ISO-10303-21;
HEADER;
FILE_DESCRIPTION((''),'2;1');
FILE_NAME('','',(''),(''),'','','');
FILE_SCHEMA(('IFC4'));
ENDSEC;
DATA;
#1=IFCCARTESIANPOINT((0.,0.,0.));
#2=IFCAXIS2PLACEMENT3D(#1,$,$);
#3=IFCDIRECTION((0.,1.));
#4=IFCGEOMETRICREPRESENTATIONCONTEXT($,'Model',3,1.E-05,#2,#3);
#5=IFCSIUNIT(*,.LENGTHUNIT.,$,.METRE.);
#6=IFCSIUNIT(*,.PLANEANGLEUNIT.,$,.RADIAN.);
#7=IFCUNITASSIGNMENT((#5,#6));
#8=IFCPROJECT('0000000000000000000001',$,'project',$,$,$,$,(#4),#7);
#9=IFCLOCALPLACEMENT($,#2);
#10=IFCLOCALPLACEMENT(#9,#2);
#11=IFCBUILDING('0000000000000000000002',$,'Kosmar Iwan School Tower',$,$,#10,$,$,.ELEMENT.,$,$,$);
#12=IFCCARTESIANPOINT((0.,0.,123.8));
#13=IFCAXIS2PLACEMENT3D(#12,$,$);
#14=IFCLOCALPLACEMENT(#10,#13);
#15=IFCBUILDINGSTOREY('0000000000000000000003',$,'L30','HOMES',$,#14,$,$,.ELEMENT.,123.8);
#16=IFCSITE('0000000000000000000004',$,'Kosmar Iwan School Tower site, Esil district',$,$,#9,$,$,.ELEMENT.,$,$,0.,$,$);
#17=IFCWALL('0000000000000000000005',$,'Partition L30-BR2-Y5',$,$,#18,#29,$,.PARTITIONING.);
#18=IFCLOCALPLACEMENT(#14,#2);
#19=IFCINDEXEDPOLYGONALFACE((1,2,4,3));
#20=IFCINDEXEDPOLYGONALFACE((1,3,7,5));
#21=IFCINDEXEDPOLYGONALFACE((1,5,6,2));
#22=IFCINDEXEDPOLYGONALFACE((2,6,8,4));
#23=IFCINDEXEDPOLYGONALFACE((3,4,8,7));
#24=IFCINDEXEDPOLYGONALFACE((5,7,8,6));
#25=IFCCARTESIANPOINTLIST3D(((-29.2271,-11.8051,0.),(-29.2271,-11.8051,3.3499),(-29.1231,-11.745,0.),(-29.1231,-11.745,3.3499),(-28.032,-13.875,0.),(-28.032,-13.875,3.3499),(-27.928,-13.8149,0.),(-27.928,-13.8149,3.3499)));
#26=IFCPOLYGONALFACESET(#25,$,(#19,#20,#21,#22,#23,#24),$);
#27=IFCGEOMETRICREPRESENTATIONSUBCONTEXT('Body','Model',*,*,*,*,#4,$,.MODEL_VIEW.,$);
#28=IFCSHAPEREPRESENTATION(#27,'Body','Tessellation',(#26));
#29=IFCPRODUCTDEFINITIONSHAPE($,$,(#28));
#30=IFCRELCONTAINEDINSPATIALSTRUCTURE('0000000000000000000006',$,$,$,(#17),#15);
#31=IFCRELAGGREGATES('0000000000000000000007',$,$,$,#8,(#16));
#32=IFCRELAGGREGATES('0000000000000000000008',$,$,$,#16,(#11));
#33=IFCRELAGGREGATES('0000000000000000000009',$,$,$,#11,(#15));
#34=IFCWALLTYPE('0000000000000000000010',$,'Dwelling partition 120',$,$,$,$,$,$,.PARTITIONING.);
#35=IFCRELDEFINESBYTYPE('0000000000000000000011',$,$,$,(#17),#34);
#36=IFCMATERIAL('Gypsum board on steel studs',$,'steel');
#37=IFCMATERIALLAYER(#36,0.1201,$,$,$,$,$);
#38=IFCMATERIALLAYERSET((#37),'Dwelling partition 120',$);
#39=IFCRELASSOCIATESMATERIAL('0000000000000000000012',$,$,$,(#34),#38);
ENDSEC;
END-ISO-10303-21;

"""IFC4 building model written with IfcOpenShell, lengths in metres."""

from ifc_helpers import new_model, si_unit, direction, frame, frame_2d, origin, place, context, subcontext, project, spatial, rectangle, extrude, material, layer, layer_set, type_object, element, save


model = new_model("IFC4")

# Units and contexts
model_context = context("Model", 3, precision=1e-05, world=origin(), true_north=direction((0.0, 1.0)))
body_context = subcontext(model_context, "Body", "Model", "MODEL_VIEW")
ifc_project = project(units=[si_unit("LENGTHUNIT", "METRE"), si_unit("PLANEANGLEUNIT", "RADIAN")], contexts=[model_context])

# Site, building, storey
site_placement = place(None, origin())
site = spatial("IfcSite", under=ifc_project, at=site_placement, Name="Kosmar Iwan School Tower site, Esil district", CompositionType="ELEMENT", RefElevation=0.0)
building_placement = place(site_placement, origin())
building = spatial("IfcBuilding", under=site, at=building_placement, Name="Kosmar Iwan School Tower", CompositionType="ELEMENT")
storey_placement = place(building_placement, frame((0.0, 0.0, 123.8)))
storey = spatial("IfcBuildingStorey", under=building, at=storey_placement, Name="L30", Description="HOMES", CompositionType="ELEMENT", Elevation=123.8)

# Wall
ifc_material_1 = material(Name="Gypsum board on steel studs", Category="steel")
ifc_layer_1 = layer(ifc_material_1, 0.1201)
ifc_layer_set_1 = layer_set([ifc_layer_1], Name="Dwelling partition 120")
wall_type_1 = type_object("IfcWallType", Name="Dwelling partition 120", PredefinedType="PARTITIONING", material=ifc_layer_set_1)
wall_1_placement = place(storey_placement, frame((-27.98, -13.845, 0.0), z_axis=(0.0, 0.0, 1.0), x_axis=(-0.500017, 0.866015, 0.0)))
element("IfcWall", 1, at=wall_1_placement, inside=storey, type_object=wall_type_1, Name="Partition L30-BR2-Y5", PredefinedType="PARTITIONING", context=body_context, shape_type="SweptSolid", body=[
    extrude(rectangle(XDim=2.3901, YDim=0.1201, at=frame_2d((1.1951, 0.0))), origin(), (0.0, 0.0, 1.0), 3.3499),
])

save(model, "model.ifc")
